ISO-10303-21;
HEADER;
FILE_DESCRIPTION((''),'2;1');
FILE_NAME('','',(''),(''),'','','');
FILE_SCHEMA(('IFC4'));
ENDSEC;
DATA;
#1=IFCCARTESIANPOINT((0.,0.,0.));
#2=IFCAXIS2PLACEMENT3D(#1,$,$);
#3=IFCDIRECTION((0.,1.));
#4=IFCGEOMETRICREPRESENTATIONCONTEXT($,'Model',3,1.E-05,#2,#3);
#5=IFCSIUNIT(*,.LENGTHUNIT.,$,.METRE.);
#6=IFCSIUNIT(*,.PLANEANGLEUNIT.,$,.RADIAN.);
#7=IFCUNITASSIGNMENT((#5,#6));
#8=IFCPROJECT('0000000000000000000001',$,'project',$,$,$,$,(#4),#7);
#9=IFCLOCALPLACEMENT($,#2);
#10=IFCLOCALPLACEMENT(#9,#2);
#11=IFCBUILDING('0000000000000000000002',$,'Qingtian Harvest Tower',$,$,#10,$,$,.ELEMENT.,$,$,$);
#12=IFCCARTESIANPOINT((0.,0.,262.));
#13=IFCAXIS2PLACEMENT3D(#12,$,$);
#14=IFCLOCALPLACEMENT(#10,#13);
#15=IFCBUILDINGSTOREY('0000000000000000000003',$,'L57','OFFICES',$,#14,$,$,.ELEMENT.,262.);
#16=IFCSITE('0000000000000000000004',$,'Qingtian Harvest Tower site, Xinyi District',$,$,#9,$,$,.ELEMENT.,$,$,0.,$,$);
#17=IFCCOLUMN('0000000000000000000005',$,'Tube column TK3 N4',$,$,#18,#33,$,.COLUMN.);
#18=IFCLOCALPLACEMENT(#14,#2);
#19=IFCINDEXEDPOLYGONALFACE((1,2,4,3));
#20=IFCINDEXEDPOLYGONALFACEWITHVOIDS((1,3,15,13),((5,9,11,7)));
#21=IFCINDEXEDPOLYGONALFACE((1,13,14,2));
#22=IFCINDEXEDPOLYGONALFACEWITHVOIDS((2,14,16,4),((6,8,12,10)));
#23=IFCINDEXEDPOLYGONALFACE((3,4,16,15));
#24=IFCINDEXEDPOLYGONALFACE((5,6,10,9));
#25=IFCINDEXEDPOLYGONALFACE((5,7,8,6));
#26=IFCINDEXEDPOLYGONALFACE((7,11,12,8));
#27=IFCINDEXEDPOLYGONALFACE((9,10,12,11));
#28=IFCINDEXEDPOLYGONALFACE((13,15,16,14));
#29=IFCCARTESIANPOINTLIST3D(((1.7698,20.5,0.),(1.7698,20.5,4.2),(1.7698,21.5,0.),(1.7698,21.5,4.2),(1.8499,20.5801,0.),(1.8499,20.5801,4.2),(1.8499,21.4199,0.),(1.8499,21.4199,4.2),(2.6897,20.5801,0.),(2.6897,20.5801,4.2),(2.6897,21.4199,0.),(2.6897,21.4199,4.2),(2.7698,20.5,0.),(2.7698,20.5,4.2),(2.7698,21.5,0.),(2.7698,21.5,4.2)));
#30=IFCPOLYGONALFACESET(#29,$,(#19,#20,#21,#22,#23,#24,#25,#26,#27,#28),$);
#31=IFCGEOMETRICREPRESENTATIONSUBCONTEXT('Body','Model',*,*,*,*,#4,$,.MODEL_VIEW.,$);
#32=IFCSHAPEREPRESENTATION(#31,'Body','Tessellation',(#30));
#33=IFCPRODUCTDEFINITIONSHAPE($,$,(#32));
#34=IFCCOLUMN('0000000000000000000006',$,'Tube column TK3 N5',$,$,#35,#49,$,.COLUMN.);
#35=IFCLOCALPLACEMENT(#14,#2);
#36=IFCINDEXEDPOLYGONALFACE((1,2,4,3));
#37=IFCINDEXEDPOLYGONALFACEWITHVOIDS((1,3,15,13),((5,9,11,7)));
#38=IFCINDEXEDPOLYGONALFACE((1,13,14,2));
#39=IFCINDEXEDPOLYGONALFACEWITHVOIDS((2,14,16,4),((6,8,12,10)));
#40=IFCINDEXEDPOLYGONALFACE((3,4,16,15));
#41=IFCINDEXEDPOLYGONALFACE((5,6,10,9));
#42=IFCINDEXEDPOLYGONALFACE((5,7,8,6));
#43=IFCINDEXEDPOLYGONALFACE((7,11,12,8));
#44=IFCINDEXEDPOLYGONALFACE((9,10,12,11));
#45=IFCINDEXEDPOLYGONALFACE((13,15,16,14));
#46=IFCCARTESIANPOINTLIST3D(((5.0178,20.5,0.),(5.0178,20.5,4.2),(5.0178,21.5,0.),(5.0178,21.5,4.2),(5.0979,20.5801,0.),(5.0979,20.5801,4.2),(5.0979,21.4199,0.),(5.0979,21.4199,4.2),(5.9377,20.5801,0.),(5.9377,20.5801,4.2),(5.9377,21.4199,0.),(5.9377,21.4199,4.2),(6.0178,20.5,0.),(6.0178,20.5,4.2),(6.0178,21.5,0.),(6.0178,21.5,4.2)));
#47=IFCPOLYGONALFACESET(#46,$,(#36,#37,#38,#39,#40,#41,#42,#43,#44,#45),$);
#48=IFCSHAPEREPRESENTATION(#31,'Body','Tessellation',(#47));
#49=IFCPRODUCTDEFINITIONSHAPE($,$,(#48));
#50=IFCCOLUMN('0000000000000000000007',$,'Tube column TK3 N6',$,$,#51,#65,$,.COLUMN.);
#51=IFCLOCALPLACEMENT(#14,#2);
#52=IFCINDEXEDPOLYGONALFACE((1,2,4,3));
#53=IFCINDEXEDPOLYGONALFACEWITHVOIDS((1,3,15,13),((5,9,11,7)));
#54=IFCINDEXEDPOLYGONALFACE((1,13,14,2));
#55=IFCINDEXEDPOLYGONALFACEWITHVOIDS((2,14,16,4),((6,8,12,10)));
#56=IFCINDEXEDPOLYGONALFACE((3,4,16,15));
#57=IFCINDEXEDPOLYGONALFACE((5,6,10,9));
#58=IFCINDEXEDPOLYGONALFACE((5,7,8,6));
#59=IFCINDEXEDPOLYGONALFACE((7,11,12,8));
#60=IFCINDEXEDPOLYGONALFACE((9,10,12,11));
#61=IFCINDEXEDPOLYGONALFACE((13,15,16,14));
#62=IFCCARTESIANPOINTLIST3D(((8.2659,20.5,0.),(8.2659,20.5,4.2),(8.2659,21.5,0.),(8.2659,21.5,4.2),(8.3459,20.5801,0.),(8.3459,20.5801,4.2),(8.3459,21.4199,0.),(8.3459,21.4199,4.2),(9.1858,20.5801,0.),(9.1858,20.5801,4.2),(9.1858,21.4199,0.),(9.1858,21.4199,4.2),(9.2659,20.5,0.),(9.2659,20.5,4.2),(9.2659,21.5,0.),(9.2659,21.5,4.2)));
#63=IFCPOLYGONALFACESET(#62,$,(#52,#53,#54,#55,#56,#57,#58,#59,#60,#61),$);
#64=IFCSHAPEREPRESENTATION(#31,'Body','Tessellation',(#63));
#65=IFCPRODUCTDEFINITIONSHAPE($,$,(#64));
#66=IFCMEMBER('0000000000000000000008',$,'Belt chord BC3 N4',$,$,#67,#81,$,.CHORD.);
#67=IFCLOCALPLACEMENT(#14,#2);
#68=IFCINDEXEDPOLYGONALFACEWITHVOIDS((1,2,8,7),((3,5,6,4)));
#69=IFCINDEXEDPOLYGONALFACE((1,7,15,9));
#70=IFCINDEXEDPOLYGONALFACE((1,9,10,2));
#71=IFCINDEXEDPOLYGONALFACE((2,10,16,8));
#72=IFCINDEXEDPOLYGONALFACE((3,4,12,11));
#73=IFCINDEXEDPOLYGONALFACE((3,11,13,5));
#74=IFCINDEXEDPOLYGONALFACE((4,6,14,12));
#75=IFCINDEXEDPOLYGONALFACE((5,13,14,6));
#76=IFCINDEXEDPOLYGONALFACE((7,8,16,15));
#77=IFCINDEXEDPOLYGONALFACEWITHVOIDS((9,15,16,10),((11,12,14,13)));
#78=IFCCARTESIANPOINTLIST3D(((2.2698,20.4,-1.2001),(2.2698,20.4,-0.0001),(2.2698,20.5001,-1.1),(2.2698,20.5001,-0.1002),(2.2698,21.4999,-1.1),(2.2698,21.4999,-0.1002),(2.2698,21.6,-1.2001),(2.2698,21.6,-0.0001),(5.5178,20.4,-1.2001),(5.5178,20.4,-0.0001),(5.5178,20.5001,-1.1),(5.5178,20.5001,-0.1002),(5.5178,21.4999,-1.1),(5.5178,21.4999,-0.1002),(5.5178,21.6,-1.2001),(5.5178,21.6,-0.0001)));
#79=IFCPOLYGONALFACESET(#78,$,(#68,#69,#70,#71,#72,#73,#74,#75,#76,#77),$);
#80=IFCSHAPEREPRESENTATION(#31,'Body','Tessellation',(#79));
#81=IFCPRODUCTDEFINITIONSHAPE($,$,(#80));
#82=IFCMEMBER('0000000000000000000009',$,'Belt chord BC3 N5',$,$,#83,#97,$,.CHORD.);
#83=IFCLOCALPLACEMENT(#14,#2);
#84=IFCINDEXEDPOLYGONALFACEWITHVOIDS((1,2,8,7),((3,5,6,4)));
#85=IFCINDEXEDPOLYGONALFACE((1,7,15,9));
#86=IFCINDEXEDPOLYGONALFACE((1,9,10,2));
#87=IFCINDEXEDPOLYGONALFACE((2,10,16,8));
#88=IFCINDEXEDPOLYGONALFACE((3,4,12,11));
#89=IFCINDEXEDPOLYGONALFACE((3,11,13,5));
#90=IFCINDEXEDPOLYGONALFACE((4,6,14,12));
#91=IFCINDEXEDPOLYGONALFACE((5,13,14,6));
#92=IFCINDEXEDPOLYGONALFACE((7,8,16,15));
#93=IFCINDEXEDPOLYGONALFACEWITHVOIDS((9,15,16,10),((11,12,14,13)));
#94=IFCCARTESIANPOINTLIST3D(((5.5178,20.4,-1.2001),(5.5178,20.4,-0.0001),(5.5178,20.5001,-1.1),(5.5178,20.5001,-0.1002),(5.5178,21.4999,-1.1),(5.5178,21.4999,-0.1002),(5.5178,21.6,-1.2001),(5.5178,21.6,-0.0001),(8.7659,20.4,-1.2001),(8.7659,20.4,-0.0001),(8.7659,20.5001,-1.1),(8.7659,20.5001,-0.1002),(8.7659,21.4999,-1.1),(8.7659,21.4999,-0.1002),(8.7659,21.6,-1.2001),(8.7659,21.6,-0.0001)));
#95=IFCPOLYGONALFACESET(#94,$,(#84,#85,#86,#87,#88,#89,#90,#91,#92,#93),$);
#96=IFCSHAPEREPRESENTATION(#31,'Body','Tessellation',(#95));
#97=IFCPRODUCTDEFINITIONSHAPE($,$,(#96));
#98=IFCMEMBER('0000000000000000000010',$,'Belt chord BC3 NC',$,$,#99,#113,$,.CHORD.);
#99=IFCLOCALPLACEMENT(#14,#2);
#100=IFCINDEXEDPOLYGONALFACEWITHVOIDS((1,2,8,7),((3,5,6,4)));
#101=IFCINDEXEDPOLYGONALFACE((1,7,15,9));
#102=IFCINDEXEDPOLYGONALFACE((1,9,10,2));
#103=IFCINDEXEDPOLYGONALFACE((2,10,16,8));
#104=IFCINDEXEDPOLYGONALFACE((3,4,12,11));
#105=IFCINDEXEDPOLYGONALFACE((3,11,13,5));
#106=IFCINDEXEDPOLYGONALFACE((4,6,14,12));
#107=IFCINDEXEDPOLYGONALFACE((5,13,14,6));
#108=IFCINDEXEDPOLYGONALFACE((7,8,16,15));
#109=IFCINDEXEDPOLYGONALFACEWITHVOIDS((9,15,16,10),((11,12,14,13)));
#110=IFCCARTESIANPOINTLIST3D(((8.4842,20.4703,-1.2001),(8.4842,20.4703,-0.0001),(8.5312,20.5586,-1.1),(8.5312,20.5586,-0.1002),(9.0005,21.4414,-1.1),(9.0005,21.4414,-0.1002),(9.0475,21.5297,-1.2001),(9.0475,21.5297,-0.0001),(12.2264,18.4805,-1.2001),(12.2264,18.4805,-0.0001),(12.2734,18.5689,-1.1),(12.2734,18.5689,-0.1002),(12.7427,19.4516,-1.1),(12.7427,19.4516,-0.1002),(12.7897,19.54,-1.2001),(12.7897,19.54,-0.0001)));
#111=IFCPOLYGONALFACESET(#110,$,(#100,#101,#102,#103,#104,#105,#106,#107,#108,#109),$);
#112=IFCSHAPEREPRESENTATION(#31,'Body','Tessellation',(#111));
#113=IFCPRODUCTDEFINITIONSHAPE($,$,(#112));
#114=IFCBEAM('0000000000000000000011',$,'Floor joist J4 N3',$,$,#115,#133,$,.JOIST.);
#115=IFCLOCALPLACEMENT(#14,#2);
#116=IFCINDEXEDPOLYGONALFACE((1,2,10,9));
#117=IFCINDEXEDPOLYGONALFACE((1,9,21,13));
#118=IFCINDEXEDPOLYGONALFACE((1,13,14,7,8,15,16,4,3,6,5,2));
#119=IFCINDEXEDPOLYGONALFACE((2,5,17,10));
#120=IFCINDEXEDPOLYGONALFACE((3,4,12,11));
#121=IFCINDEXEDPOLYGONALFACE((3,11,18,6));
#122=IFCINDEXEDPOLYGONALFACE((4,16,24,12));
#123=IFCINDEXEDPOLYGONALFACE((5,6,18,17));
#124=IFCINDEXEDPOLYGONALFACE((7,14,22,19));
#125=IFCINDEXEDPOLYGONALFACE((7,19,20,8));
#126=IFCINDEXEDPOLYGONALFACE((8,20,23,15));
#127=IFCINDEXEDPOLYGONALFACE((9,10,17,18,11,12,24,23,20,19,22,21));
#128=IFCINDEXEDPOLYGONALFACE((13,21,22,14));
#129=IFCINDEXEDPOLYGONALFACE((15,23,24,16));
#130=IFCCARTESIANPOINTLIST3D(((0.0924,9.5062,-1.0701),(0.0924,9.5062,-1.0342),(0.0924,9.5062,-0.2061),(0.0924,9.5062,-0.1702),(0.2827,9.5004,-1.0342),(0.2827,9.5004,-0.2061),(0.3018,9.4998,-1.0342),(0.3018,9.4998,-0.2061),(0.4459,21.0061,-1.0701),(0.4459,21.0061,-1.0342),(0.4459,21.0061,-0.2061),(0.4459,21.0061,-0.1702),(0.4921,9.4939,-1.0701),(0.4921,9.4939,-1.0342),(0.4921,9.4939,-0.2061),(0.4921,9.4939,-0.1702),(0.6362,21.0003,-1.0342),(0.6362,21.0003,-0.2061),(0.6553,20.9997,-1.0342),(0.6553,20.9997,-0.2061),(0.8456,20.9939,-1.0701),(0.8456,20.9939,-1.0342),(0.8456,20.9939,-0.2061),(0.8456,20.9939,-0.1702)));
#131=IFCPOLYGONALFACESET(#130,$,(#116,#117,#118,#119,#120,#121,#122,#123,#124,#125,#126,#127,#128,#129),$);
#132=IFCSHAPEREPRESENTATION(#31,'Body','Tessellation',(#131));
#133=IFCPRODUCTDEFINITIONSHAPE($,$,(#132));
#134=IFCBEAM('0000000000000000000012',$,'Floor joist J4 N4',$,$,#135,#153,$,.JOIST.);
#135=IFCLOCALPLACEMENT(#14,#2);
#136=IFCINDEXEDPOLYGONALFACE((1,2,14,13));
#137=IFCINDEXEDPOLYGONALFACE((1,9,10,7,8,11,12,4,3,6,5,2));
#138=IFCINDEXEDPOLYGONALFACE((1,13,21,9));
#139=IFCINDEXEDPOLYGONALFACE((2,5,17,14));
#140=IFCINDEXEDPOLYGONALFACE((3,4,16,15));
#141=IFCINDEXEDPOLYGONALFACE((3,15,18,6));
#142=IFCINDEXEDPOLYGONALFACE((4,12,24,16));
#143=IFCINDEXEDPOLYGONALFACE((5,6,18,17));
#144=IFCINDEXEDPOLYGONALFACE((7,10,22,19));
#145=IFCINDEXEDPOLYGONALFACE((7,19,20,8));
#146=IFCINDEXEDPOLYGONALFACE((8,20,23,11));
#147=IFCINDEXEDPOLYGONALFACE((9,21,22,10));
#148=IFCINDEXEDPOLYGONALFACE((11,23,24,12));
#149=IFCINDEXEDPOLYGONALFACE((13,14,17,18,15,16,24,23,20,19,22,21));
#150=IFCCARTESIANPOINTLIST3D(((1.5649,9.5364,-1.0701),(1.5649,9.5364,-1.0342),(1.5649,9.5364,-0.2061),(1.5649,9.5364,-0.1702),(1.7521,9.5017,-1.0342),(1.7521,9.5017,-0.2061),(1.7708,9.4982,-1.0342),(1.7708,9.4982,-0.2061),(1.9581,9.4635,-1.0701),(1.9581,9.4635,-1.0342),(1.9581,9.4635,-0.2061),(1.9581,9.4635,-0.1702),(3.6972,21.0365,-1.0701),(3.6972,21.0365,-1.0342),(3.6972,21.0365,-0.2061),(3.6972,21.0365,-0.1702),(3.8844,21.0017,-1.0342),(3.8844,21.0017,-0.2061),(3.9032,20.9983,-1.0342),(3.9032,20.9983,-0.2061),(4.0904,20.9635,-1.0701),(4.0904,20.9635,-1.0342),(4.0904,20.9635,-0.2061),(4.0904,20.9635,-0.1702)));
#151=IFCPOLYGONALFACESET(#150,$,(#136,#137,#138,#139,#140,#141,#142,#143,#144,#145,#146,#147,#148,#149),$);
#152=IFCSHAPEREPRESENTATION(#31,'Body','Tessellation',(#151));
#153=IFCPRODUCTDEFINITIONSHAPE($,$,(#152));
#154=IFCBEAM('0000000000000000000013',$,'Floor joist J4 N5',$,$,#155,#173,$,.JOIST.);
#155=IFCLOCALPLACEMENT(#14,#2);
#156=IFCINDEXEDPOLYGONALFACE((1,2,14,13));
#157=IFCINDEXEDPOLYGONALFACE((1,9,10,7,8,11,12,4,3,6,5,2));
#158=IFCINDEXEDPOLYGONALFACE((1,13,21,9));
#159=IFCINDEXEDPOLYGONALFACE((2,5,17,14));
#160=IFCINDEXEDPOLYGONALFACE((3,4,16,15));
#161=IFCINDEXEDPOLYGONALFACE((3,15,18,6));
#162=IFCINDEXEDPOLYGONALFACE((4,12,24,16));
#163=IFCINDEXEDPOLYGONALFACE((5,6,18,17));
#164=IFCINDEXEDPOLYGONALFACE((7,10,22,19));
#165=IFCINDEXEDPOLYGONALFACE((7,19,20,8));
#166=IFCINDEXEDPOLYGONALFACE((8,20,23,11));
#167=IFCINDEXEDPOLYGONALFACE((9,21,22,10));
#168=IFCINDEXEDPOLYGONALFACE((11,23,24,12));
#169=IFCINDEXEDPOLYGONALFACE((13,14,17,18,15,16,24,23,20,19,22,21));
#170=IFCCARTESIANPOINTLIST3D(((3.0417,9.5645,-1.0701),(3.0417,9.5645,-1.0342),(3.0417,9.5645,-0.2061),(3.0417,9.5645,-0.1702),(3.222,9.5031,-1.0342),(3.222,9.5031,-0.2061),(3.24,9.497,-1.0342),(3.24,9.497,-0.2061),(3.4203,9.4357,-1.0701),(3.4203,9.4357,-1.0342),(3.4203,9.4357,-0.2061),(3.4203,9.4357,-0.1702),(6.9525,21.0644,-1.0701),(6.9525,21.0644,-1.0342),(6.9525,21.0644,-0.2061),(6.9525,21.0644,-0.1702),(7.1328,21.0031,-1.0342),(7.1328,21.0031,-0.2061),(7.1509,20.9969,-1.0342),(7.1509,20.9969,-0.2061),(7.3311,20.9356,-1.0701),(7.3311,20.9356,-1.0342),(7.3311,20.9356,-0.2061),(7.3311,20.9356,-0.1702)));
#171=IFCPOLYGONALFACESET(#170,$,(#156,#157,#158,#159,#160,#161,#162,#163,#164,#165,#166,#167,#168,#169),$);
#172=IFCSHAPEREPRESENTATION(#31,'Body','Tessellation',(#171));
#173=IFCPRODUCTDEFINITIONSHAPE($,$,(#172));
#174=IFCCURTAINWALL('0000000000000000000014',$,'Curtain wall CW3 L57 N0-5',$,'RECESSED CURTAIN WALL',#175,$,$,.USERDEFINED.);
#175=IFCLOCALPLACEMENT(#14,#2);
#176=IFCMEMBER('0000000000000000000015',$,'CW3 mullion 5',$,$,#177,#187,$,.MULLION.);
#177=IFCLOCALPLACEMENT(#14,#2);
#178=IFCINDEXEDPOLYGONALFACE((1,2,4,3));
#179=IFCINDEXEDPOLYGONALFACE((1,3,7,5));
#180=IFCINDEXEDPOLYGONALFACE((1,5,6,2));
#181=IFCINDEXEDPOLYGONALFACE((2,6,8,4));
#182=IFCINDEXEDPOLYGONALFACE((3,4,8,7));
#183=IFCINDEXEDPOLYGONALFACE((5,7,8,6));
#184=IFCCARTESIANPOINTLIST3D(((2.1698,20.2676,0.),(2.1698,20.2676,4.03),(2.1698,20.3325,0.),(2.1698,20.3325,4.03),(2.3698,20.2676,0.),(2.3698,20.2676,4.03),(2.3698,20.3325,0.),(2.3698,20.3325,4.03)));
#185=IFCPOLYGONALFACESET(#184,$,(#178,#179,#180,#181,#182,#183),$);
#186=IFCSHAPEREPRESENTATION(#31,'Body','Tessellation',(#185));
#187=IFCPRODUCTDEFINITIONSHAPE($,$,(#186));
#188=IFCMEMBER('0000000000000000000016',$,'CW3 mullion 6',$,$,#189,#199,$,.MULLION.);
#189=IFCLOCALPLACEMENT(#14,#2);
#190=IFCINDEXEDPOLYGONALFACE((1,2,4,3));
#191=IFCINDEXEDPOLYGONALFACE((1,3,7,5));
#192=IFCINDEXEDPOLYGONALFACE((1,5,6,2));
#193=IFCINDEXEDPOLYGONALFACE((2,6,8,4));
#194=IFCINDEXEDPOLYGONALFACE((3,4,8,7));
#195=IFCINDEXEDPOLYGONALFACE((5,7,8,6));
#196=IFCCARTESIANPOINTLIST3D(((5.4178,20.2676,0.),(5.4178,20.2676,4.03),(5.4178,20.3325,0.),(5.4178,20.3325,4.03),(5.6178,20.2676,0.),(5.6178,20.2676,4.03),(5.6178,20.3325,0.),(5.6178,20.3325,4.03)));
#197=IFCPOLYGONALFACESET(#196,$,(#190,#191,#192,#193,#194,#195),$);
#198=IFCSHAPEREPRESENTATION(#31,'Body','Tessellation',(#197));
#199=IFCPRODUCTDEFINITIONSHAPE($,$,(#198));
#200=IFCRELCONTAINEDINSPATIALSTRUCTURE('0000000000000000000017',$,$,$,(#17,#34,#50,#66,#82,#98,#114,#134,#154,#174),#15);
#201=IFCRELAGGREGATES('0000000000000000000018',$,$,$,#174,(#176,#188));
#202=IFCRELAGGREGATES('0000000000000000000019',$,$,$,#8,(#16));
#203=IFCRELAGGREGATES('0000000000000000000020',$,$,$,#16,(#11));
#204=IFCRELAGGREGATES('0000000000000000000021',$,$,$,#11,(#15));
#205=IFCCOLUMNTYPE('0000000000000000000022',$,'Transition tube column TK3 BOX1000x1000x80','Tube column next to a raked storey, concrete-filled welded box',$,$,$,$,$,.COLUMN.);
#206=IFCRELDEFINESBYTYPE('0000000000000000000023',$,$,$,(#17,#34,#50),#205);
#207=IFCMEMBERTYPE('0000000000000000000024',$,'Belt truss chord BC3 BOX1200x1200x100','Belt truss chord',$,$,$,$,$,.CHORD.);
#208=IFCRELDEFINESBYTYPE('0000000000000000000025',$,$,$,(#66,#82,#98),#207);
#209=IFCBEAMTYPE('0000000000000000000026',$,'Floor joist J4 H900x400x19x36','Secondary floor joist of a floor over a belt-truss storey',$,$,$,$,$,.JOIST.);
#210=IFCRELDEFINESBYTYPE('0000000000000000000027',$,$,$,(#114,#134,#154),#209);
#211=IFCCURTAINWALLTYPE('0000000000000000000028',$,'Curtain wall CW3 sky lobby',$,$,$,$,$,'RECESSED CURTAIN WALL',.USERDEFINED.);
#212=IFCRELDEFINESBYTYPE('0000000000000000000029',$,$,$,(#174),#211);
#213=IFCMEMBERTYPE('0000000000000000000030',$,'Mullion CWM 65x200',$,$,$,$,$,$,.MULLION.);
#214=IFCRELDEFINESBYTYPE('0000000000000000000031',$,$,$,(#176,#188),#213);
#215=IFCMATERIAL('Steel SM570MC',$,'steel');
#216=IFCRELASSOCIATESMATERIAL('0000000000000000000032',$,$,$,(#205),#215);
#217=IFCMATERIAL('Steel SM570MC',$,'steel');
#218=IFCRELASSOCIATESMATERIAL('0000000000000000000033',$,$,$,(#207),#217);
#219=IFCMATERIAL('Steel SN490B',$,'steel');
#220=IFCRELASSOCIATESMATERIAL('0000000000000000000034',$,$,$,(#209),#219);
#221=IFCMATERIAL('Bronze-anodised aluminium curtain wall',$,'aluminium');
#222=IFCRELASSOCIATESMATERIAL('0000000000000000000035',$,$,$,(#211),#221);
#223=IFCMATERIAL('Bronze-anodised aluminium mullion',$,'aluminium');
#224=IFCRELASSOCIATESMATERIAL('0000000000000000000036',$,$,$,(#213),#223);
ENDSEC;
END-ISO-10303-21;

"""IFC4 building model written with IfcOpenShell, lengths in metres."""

from ifc_helpers import new_model, si_unit, direction, frame, origin, origin_2d, place, context, subcontext, project, spatial, rectangle, hollow_rectangle, i_section, extrude, material, material_profile, profile_set, type_object, element, aggregate, save


model = new_model("IFC4")

# Units and contexts
model_context = context("Model", 3, precision=1e-05, world=origin(), true_north=direction((0.0, 1.0)))
body_context = subcontext(model_context, "Body", "Model", "MODEL_VIEW")
ifc_project = project(units=[si_unit("LENGTHUNIT", "METRE"), si_unit("PLANEANGLEUNIT", "RADIAN")], contexts=[model_context])

# Site, building, storey
site_placement = place(None, origin())
site = spatial("IfcSite", under=ifc_project, at=site_placement, Name="Qingtian Harvest Tower site, Xinyi District", CompositionType="ELEMENT", RefElevation=0.0)
building_placement = place(site_placement, origin())
building = spatial("IfcBuilding", under=site, at=building_placement, Name="Qingtian Harvest Tower", CompositionType="ELEMENT")
storey_placement = place(building_placement, frame((0.0, 0.0, 262.0)))
storey = spatial("IfcBuildingStorey", under=building, at=storey_placement, Name="L57", Description="OFFICES", CompositionType="ELEMENT", Elevation=262.0)

# Columns
ifc_material_1 = material(Name="Steel SM570MC", Category="steel")
ifc_material_profile_1 = material_profile(ifc_material_1, hollow_rectangle(XDim=1.0, YDim=1.0, WallThickness=0.0801, at=origin_2d()), Name="BOX1000x1000x80")
ifc_profile_set_1 = profile_set([ifc_material_profile_1], Name="Steel SM570MC")
column_type = type_object("IfcColumnType", Name="Transition tube column TK3 BOX1000x1000x80", Description="Tube column next to a raked storey, concrete-filled welded box", PredefinedType="COLUMN", material=ifc_profile_set_1)
for number, where, z_axis, x_axis, name in (
    (1, (2.2698, 21.0, 0.0), (0.0, 0.0, 1.0), (-1.0, 0.0, 0.0), "Tube column TK3 N4"),
    (2, (5.5178, 21.0, 0.0), (0.0, 0.0, 1.0), (-1.0, 0.0, 0.0), "Tube column TK3 N5"),
    (3, (8.7659, 21.0, 0.0), (0.0, 0.0, 1.0), (-1.0, 0.0, 0.0), "Tube column TK3 N6"),
):
    element("IfcColumn", number, at=place(storey_placement, frame(where, z_axis=z_axis, x_axis=x_axis)), inside=storey, type_object=column_type, Name=name, PredefinedType="COLUMN", context=body_context, shape_type="SweptSolid", body=[
        extrude(hollow_rectangle(XDim=1.0, YDim=1.0, WallThickness=0.0801, at=origin_2d()), origin(), (0.0, 0.0, 1.0), 4.2),
    ])

# Members
ifc_material_2 = material(Name="Steel SM570MC", Category="steel")
ifc_material_profile_2 = material_profile(ifc_material_2, hollow_rectangle(XDim=1.2, YDim=1.2, WallThickness=0.1001, at=origin_2d()), Name="BOX1200x1200x100")
ifc_profile_set_2 = profile_set([ifc_material_profile_2], Name="Steel SM570MC")
member_type_1 = type_object("IfcMemberType", Name="Belt truss chord BC3 BOX1200x1200x100", Description="Belt truss chord", PredefinedType="CHORD", material=ifc_profile_set_2)
for number, where, z_axis, x_axis, name in (
    (4, (2.2698, 21.0, -0.6001), (1.0, 0.0, 0.0), (0.0, 1.0, 0.0), "Belt chord BC3 N4"),
    (5, (5.5178, 21.0, -0.6001), (1.0, 0.0, 0.0), (0.0, 1.0, 0.0), "Belt chord BC3 N5"),
):
    element("IfcMember", number, at=place(storey_placement, frame(where, z_axis=z_axis, x_axis=x_axis)), inside=storey, type_object=member_type_1, Name=name, PredefinedType="CHORD", context=body_context, shape_type="SweptSolid", body=[
        extrude(hollow_rectangle(XDim=1.2, YDim=1.2, WallThickness=0.1001, at=origin_2d()), origin(), (0.0, 0.0, 1.0), 3.248),
    ])
member_1_placement = place(storey_placement, frame((8.7659, 21.0, -0.6001), z_axis=(0.882949, -0.46947, 0.0), x_axis=(0.46947, 0.882949, 0.0)))
element("IfcMember", 6, at=member_1_placement, inside=storey, type_object=member_type_1, Name="Belt chord BC3 NC", PredefinedType="CHORD", context=body_context, shape_type="SweptSolid", body=[
    extrude(hollow_rectangle(XDim=1.2, YDim=1.2, WallThickness=0.1001, at=origin_2d()), origin(), (0.0, 0.0, 1.0), 4.2383),
])

# Beams
ifc_material_3 = material(Name="Steel SN490B", Category="steel")
ifc_material_profile_3 = material_profile(ifc_material_3, i_section(OverallWidth=0.3999, OverallDepth=0.8999, WebThickness=0.019, FlangeThickness=0.0359, at=origin_2d()), Name="H900x400x19x36")
ifc_profile_set_3 = profile_set([ifc_material_profile_3], Name="Steel SN490B")
beam_type_1 = type_object("IfcBeamType", Name="Floor joist J4 H900x400x19x36", Description="Secondary floor joist of a floor over a belt-truss storey", PredefinedType="JOIST", material=ifc_profile_set_3)
beam_1_placement = place(storey_placement, frame((0.6458, 21.0, -0.6201), z_axis=(-0.030726, -0.999528, 0.0), x_axis=(0.999528, -0.030726, 0.0)))
element("IfcBeam", 7, at=beam_1_placement, inside=storey, type_object=beam_type_1, Name="Floor joist J4 N3", PredefinedType="JOIST", context=body_context, shape_type="SweptSolid", body=[
    extrude(i_section(OverallWidth=0.3999, OverallDepth=0.8999, WebThickness=0.019, FlangeThickness=0.0359, at=origin_2d()), origin(), (0.0, 0.0, 1.0), 11.5054),
])
beam_2_placement = place(storey_placement, frame((3.8938, 21.0, -0.6201), z_axis=(-0.182312, -0.983241, 0.0), x_axis=(0.983241, -0.182312, 0.0)))
element("IfcBeam", 8, at=beam_2_placement, inside=storey, type_object=beam_type_1, Name="Floor joist J4 N4", PredefinedType="JOIST", context=body_context, shape_type="SweptSolid", body=[
    extrude(i_section(OverallWidth=0.3999, OverallDepth=0.8999, WebThickness=0.019, FlangeThickness=0.0359, at=origin_2d()), origin(), (0.0, 0.0, 1.0), 11.696),
])
beam_3_placement = place(storey_placement, frame((7.1418, 21.0, -0.6201), z_axis=(-0.321968, -0.94675, 0.0), x_axis=(0.94675, -0.321968, 0.0)))
element("IfcBeam", 9, at=beam_3_placement, inside=storey, type_object=beam_type_1, Name="Floor joist J4 N5", PredefinedType="JOIST", context=body_context, shape_type="SweptSolid", body=[
    extrude(i_section(OverallWidth=0.3999, OverallDepth=0.8999, WebThickness=0.019, FlangeThickness=0.0359, at=origin_2d()), origin(), (0.0, 0.0, 1.0), 12.1467),
])

# Curtain wall, members
ifc_material_4 = material(Name="Bronze-anodised aluminium curtain wall", Category="aluminium")
curtain_wall_type = type_object("IfcCurtainWallType", Name="Curtain wall CW3 sky lobby", ElementType="RECESSED CURTAIN WALL", PredefinedType="USERDEFINED", material=ifc_material_4)
curtain_wall_1_placement = place(storey_placement, origin())
curtain_wall_1 = element("IfcCurtainWall", 10, at=curtain_wall_1_placement, inside=storey, type_object=curtain_wall_type, Name="Curtain wall CW3 L57 N0-5", ObjectType="RECESSED CURTAIN WALL", PredefinedType="USERDEFINED")
ifc_material_5 = material(Name="Bronze-anodised aluminium mullion", Category="aluminium")
ifc_material_profile_4 = material_profile(ifc_material_5, rectangle(XDim=0.0649, YDim=0.2, at=origin_2d()), Name="AL 65x200")
ifc_profile_set_4 = profile_set([ifc_material_profile_4], Name="Bronze-anodised aluminium mullion")
member_type_2 = type_object("IfcMemberType", Name="Mullion CWM 65x200", PredefinedType="MULLION", material=ifc_profile_set_4)
member_2_placement = place(storey_placement, frame((2.2698, 20.3, 0.0), z_axis=(0.0, 0.0, 1.0), x_axis=(0.0, 1.0, 0.0)))
member_2 = element("IfcMember", 11, at=member_2_placement, type_object=member_type_2, Name="CW3 mullion 5", PredefinedType="MULLION", context=body_context, shape_type="SweptSolid", body=[
    extrude(rectangle(XDim=0.0649, YDim=0.2, at=origin_2d()), origin(), (0.0, 0.0, 1.0), 4.03),
])
member_3_placement = place(storey_placement, frame((5.5178, 20.3, 0.0), z_axis=(0.0, 0.0, 1.0), x_axis=(0.0, 1.0, 0.0)))
member_3 = element("IfcMember", 12, at=member_3_placement, type_object=member_type_2, Name="CW3 mullion 6", PredefinedType="MULLION", context=body_context, shape_type="SweptSolid", body=[
    extrude(rectangle(XDim=0.0649, YDim=0.2, at=origin_2d()), origin(), (0.0, 0.0, 1.0), 4.03),
])

aggregate(curtain_wall_1, [member_2, member_3])

save(model, "model.ifc")
